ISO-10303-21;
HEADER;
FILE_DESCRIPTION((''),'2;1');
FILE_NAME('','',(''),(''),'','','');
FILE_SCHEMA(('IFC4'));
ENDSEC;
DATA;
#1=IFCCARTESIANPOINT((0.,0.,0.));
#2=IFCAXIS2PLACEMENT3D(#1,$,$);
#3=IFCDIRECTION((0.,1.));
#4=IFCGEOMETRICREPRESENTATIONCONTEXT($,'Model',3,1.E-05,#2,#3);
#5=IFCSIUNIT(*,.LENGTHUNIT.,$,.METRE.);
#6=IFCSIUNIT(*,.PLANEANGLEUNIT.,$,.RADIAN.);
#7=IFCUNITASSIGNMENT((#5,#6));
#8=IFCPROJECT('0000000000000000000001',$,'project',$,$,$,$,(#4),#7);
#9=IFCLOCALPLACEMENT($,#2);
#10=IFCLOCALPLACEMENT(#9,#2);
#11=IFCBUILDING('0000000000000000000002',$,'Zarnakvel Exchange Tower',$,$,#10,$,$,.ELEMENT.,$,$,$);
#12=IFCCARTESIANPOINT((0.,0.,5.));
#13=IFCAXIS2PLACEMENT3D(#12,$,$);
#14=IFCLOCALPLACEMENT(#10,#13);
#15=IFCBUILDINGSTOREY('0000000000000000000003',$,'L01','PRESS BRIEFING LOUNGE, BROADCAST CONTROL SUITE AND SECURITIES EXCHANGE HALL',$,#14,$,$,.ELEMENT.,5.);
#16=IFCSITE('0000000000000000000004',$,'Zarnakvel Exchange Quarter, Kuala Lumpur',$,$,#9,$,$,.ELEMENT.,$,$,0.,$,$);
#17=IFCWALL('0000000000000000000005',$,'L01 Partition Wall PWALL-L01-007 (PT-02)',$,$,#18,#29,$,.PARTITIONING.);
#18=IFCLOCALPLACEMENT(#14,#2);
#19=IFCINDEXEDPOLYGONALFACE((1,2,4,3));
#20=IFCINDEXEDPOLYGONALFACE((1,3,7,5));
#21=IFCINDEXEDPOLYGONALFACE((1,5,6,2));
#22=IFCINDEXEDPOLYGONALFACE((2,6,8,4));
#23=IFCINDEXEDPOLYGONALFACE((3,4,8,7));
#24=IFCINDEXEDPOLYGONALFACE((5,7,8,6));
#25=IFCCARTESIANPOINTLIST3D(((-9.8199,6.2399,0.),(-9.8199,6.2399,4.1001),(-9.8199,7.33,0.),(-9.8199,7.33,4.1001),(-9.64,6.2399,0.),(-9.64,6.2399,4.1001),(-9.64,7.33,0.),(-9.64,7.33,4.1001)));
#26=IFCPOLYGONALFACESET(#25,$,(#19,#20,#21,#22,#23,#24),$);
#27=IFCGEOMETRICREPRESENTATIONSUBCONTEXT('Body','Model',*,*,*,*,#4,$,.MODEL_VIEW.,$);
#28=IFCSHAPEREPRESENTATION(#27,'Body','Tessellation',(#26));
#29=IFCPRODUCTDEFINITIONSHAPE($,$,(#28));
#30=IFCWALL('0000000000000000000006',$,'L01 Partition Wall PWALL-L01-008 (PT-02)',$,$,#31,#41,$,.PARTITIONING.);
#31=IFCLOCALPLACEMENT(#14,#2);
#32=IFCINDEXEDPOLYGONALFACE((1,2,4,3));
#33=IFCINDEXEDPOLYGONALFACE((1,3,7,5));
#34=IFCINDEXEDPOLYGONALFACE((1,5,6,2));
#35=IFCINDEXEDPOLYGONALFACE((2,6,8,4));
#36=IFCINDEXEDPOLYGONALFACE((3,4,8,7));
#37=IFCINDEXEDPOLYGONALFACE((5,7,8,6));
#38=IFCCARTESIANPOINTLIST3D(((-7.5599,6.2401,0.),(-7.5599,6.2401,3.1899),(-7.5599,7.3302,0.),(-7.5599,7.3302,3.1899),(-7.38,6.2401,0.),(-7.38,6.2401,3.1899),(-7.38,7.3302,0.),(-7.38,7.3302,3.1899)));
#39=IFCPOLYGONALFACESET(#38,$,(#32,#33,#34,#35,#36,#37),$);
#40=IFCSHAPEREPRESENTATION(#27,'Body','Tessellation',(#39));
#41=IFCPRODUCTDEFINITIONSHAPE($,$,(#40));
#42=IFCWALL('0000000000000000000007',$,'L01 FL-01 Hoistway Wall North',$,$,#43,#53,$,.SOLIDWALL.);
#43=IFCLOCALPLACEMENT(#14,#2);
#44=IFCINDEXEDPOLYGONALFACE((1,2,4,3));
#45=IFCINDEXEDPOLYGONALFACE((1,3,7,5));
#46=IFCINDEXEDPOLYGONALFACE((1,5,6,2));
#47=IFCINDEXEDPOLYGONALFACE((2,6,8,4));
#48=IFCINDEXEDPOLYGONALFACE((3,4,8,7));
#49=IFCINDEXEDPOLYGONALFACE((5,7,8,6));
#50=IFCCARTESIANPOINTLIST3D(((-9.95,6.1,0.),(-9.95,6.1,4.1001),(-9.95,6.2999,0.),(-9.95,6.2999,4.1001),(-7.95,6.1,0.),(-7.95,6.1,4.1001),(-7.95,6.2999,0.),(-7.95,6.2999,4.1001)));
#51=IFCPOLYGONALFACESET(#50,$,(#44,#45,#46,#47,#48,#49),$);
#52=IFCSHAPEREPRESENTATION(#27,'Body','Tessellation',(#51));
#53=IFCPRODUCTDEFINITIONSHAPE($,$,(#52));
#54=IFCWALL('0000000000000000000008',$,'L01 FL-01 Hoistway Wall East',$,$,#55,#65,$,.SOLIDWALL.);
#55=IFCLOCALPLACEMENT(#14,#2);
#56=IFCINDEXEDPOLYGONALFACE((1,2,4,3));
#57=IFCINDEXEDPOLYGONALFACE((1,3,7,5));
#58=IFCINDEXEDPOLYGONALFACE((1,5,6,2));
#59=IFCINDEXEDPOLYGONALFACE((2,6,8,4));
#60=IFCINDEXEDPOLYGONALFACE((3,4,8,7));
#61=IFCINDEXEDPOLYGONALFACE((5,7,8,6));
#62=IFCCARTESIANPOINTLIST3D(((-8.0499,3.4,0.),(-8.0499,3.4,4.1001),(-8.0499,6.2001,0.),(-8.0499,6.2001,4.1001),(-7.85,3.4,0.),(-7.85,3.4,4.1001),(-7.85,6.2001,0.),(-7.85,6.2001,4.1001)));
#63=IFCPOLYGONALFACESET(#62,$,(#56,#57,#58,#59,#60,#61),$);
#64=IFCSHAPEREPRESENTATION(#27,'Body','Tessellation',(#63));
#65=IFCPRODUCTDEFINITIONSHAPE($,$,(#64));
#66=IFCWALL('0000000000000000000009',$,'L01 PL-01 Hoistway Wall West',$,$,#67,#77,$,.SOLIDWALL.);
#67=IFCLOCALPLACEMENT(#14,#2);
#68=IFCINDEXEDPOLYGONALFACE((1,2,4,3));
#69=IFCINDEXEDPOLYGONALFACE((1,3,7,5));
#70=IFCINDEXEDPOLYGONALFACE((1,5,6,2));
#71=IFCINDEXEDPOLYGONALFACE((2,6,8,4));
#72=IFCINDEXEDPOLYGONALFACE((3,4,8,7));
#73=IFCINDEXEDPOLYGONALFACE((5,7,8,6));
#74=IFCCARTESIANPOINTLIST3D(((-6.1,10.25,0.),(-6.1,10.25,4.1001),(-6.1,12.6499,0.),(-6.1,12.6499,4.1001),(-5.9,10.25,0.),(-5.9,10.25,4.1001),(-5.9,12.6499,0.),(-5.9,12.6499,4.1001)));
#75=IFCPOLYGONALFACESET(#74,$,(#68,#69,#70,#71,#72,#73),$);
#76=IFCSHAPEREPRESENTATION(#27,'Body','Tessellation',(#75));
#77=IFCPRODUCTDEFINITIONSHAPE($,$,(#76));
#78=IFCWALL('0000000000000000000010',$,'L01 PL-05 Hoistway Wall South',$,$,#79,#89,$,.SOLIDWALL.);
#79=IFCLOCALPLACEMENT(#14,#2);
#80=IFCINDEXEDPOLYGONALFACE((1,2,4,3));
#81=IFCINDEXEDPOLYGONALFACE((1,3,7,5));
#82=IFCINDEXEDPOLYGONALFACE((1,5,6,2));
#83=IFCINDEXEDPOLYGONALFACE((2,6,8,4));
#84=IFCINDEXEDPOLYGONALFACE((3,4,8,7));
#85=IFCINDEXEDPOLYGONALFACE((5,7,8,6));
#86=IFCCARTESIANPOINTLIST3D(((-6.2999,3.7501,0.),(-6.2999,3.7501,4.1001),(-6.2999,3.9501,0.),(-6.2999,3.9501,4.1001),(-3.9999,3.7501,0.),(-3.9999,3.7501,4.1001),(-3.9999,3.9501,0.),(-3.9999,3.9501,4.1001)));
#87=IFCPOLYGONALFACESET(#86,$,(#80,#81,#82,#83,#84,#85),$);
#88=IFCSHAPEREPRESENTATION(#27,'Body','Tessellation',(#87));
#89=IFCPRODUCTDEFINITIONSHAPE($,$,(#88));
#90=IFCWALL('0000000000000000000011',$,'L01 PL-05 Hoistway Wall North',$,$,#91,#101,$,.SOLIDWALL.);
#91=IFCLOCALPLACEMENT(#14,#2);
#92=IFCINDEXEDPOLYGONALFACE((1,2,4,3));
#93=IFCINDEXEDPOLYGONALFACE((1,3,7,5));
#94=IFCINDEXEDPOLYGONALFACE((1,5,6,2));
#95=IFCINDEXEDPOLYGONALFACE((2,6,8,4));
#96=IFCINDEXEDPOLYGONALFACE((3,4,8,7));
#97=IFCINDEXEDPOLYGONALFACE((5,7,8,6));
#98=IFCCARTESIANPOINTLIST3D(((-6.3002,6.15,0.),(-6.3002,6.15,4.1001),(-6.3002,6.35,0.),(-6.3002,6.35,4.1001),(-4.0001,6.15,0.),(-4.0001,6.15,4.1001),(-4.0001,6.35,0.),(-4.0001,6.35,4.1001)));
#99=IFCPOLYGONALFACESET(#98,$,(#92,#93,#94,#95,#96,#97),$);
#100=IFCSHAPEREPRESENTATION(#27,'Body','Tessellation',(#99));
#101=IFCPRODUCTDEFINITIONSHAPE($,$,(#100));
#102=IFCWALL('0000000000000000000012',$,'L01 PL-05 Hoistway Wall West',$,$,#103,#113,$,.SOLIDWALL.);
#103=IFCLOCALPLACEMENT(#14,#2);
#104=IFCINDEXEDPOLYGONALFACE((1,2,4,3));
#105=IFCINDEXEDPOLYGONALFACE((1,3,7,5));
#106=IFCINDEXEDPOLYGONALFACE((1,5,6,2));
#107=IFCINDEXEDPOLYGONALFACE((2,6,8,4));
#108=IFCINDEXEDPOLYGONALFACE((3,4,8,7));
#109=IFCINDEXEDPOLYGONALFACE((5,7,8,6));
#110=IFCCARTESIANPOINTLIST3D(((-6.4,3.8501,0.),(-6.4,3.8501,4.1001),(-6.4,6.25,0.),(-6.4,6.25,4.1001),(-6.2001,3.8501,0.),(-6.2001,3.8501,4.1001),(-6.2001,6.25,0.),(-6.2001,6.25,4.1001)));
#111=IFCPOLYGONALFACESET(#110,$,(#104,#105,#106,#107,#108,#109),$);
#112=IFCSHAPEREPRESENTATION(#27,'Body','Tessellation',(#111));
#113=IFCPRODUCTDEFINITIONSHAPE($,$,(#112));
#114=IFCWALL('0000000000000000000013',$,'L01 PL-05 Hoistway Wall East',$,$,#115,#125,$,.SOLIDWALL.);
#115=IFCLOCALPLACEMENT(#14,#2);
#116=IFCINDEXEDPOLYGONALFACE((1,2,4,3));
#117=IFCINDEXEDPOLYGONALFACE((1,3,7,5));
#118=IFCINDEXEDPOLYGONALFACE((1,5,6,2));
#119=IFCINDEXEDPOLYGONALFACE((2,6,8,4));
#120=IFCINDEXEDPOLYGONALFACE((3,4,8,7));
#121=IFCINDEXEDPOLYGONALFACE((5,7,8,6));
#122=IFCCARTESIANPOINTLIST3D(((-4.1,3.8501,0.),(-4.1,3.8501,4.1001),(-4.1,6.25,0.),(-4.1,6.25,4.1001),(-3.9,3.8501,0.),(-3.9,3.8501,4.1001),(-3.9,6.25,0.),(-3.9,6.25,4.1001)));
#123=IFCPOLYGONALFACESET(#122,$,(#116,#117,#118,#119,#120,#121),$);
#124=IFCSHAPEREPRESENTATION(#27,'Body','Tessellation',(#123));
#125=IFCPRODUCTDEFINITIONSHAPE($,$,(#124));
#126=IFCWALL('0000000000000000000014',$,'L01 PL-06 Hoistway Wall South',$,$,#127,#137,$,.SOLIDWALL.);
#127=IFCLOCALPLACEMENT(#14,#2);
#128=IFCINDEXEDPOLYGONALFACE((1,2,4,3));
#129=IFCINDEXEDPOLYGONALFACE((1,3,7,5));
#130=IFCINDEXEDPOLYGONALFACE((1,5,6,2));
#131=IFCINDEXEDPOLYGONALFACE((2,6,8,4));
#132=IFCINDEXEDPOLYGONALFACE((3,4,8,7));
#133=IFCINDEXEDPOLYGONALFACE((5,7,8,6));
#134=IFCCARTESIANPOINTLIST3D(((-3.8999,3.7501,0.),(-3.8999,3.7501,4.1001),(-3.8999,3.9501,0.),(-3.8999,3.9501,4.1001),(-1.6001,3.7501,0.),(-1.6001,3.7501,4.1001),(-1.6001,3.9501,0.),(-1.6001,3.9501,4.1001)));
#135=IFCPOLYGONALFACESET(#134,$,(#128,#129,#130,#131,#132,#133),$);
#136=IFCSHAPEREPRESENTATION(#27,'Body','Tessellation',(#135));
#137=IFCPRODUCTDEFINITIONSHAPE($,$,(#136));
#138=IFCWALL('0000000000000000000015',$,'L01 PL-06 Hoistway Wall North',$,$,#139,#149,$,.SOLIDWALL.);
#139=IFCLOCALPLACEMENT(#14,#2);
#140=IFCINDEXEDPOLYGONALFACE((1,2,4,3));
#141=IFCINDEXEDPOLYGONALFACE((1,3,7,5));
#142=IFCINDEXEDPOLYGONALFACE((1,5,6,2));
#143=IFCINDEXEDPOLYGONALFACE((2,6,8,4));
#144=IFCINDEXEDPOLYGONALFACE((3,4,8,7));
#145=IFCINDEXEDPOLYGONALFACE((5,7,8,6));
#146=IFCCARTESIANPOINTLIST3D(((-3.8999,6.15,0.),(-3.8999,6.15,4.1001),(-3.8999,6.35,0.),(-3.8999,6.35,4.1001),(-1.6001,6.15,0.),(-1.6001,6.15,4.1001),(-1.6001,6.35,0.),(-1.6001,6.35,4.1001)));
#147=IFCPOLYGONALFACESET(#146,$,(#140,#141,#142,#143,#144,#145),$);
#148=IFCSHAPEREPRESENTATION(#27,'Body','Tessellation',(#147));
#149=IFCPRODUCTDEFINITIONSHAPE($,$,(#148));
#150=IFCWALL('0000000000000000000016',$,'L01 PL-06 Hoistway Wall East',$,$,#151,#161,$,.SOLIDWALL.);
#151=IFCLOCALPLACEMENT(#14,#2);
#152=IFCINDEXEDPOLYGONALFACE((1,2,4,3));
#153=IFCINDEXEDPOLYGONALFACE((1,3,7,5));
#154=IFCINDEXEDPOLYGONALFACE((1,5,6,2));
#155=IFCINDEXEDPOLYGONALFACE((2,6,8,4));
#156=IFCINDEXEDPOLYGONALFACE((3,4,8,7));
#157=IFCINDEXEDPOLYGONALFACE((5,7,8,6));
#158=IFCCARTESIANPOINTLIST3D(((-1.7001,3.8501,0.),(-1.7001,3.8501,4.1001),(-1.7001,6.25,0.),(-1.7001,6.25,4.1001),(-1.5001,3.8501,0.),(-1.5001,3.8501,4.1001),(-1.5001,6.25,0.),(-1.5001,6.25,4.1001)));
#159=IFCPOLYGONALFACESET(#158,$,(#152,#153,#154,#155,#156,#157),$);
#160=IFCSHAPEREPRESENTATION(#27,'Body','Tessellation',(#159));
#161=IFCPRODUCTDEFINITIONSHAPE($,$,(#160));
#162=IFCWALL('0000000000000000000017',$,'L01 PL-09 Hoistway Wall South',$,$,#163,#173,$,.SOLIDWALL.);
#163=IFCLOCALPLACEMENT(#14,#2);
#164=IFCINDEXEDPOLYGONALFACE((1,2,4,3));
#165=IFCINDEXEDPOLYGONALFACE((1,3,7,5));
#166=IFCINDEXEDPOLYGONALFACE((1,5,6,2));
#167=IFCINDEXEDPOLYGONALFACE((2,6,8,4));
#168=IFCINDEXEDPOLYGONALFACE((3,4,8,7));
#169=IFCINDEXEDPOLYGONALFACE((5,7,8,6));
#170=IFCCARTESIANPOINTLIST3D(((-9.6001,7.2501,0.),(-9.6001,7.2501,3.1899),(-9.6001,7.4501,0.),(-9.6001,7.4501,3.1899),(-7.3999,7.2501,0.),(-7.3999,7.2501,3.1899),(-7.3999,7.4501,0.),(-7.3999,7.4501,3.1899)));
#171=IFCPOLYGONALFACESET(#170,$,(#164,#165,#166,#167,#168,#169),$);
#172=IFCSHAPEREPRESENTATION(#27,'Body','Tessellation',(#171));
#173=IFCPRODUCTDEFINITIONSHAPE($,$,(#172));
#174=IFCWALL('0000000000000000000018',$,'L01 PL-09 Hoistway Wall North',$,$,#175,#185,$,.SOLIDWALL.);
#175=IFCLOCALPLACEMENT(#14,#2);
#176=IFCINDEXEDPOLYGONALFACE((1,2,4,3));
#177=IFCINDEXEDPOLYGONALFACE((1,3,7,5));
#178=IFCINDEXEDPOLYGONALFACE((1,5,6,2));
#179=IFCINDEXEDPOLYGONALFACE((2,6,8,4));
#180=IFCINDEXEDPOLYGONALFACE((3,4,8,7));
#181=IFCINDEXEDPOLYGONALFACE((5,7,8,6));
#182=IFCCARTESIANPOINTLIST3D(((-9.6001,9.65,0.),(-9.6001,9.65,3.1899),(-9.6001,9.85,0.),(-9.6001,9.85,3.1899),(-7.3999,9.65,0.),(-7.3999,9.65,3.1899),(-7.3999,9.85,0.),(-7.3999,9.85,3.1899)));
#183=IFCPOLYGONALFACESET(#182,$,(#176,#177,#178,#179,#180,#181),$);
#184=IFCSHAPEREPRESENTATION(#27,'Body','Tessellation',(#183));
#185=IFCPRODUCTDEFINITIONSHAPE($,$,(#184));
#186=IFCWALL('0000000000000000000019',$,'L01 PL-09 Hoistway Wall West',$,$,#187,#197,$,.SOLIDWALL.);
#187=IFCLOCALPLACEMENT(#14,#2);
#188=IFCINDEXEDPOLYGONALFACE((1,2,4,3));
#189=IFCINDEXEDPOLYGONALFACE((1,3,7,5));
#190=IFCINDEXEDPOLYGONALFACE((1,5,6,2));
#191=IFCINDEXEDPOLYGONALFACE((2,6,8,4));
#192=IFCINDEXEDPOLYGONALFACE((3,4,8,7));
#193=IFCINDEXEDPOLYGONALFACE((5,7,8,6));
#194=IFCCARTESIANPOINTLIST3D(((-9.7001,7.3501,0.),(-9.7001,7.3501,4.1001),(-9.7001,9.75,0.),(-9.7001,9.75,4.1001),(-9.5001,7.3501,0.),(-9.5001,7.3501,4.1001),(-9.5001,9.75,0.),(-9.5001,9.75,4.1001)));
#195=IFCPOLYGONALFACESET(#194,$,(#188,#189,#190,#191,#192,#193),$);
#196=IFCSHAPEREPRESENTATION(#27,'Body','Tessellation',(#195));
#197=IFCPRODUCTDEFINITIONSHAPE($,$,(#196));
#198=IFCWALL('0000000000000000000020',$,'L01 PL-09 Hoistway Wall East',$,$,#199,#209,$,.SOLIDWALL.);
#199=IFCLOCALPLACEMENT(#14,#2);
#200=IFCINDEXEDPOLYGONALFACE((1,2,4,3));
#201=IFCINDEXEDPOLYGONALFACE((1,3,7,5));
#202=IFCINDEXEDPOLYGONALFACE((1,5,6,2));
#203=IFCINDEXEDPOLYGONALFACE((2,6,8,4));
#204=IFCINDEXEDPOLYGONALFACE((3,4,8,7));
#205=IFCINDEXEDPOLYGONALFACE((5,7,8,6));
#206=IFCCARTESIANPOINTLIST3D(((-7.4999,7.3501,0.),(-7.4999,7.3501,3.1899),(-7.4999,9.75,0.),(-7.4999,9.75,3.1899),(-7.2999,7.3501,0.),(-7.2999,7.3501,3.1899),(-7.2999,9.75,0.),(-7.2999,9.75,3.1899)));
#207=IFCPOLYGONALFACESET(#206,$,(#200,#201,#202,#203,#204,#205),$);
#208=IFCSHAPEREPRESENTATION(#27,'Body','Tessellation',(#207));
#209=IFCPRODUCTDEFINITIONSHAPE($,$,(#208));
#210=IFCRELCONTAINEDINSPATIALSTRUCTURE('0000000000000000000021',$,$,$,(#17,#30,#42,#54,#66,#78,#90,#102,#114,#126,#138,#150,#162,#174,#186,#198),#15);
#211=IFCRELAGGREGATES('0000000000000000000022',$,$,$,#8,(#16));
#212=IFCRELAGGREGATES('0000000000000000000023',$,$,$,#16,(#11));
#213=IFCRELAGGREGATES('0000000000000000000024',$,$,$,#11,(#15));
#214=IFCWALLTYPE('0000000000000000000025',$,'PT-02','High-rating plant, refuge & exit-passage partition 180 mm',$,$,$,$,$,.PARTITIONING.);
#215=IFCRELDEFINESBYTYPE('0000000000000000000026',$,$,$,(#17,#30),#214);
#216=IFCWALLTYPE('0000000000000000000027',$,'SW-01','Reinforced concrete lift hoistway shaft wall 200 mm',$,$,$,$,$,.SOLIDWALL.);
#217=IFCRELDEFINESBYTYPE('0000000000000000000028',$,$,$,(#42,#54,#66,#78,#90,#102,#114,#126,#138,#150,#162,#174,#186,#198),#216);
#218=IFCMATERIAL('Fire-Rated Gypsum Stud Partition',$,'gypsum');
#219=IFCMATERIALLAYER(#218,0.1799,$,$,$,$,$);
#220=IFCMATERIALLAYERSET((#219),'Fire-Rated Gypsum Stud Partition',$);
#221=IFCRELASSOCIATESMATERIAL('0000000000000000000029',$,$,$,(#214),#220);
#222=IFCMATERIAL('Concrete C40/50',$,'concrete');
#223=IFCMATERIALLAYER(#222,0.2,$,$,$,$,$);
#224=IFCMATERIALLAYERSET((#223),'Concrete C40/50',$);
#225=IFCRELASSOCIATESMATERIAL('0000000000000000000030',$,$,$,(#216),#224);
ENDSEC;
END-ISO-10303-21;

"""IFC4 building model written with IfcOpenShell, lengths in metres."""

from ifc_helpers import new_model, si_unit, direction, frame, frame_2d, origin, place, context, subcontext, project, spatial, rectangle, extrude, material, layer, layer_set, type_object, element, save


model = new_model("IFC4")

# Units and contexts
model_context = context("Model", 3, precision=1e-05, world=origin(), true_north=direction((0.0, 1.0)))
body_context = subcontext(model_context, "Body", "Model", "MODEL_VIEW")
ifc_project = project(units=[si_unit("LENGTHUNIT", "METRE"), si_unit("PLANEANGLEUNIT", "RADIAN")], contexts=[model_context])

# Site, building, storey
site_placement = place(None, origin())
site = spatial("IfcSite", under=ifc_project, at=site_placement, Name="Zarnakvel Exchange Quarter, Kuala Lumpur", CompositionType="ELEMENT", RefElevation=0.0)
building_placement = place(site_placement, origin())
building = spatial("IfcBuilding", under=site, at=building_placement, Name="Zarnakvel Exchange Tower", CompositionType="ELEMENT")
storey_placement = place(building_placement, frame((0.0, 0.0, 5.0)))
storey = spatial("IfcBuildingStorey", under=building, at=storey_placement, Name="L01", Description="PRESS BRIEFING LOUNGE, BROADCAST CONTROL SUITE AND SECURITIES EXCHANGE HALL", CompositionType="ELEMENT", Elevation=5.0)

# Walls
ifc_material_1 = material(Name="Fire-Rated Gypsum Stud Partition", Category="gypsum")
ifc_layer_1 = layer(ifc_material_1, 0.1799)
ifc_layer_set_1 = layer_set([ifc_layer_1], Name="Fire-Rated Gypsum Stud Partition")
wall_type_1 = type_object("IfcWallType", Name="PT-02", Description="High-rating plant, refuge & exit-passage partition 180 mm", PredefinedType="PARTITIONING", material=ifc_layer_set_1)
wall_1_placement = place(storey_placement, frame((-9.73, 6.24, 0.0), z_axis=(0.0, 0.0, 1.0), x_axis=(0.0, 1.0, 0.0)))
element("IfcWall", 1, at=wall_1_placement, inside=storey, type_object=wall_type_1, Name="L01 Partition Wall PWALL-L01-007 (PT-02)", PredefinedType="PARTITIONING", context=body_context, shape_type="SweptSolid", body=[
    extrude(rectangle(XDim=1.0901, YDim=0.1799, at=frame_2d((0.5449, 0.0))), origin(), (0.0, 0.0, 1.0), 4.1001),
])
wall_2_placement = place(storey_placement, frame((-7.47, 7.3301, 0.0), z_axis=(0.0, 0.0, 1.0), x_axis=(0.0, -1.0, 0.0)))
element("IfcWall", 2, at=wall_2_placement, inside=storey, type_object=wall_type_1, Name="L01 Partition Wall PWALL-L01-008 (PT-02)", PredefinedType="PARTITIONING", context=body_context, shape_type="SweptSolid", body=[
    extrude(rectangle(XDim=1.0901, YDim=0.1799, at=frame_2d((0.5449, 0.0))), origin(), (0.0, 0.0, 1.0), 3.1899),
])
ifc_material_2 = material(Name="Concrete C40/50", Category="concrete")
ifc_layer_2 = layer(ifc_material_2, 0.2)
ifc_layer_set_2 = layer_set([ifc_layer_2], Name="Concrete C40/50")
wall_type_2 = type_object("IfcWallType", Name="SW-01", Description="Reinforced concrete lift hoistway shaft wall 200 mm", PredefinedType="SOLIDWALL", material=ifc_layer_set_2)
wall_3_placement = place(storey_placement, frame((-9.95, 6.2, 0.0), z_axis=(0.0, 0.0, 1.0), x_axis=(1.0, 0.0, 0.0)))
element("IfcWall", 3, at=wall_3_placement, inside=storey, type_object=wall_type_2, Name="L01 FL-01 Hoistway Wall North", PredefinedType="SOLIDWALL", context=body_context, shape_type="SweptSolid", body=[
    extrude(rectangle(XDim=2.0, YDim=0.2, at=frame_2d((1.0, 0.0))), origin(), (0.0, 0.0, 1.0), 4.1001),
])
wall_4_placement = place(storey_placement, frame((-7.95, 6.2, 0.0), z_axis=(0.0, 0.0, 1.0), x_axis=(0.0, -1.0, 0.0)))
element("IfcWall", 4, at=wall_4_placement, inside=storey, type_object=wall_type_2, Name="L01 FL-01 Hoistway Wall East", PredefinedType="SOLIDWALL", context=body_context, shape_type="SweptSolid", body=[
    extrude(rectangle(XDim=2.8, YDim=0.2, at=frame_2d((1.3999, 0.0))), origin(), (0.0, 0.0, 1.0), 4.1001),
])
wall_5_placement = place(storey_placement, frame((-6.0, 10.25, 0.0), z_axis=(0.0, 0.0, 1.0), x_axis=(0.0, 1.0, 0.0)))
element("IfcWall", 5, at=wall_5_placement, inside=storey, type_object=wall_type_2, Name="L01 PL-01 Hoistway Wall West", PredefinedType="SOLIDWALL", context=body_context, shape_type="SweptSolid", body=[
    extrude(rectangle(XDim=2.3999, YDim=0.2, at=frame_2d((1.2, 0.0))), origin(), (0.0, 0.0, 1.0), 4.1001),
])
for number, where, z_axis, x_axis, name in (
    (6, (-4.0, 3.8501, 0.0), (0.0, 0.0, 1.0), (-1.0, 0.0, 0.0), "L01 PL-05 Hoistway Wall South"),
    (7, (-6.3, 6.25, 0.0), (0.0, 0.0, 1.0), (1.0, 0.0, 0.0), "L01 PL-05 Hoistway Wall North"),
):
    element("IfcWall", number, at=place(storey_placement, frame(where, z_axis=z_axis, x_axis=x_axis)), inside=storey, type_object=wall_type_2, Name=name, PredefinedType="SOLIDWALL", context=body_context, shape_type="SweptSolid", body=[
        extrude(rectangle(XDim=2.3, YDim=0.2, at=frame_2d((1.1499, 0.0))), origin(), (0.0, 0.0, 1.0), 4.1001),
    ])
for number, where, z_axis, x_axis, name in (
    (8, (-6.3, 3.8501, 0.0), (0.0, 0.0, 1.0), (0.0, 1.0, 0.0), "L01 PL-05 Hoistway Wall West"),
    (9, (-4.0, 6.25, 0.0), (0.0, 0.0, 1.0), (0.0, -1.0, 0.0), "L01 PL-05 Hoistway Wall East"),
):
    element("IfcWall", number, at=place(storey_placement, frame(where, z_axis=z_axis, x_axis=x_axis)), inside=storey, type_object=wall_type_2, Name=name, PredefinedType="SOLIDWALL", context=body_context, shape_type="SweptSolid", body=[
        extrude(rectangle(XDim=2.3999, YDim=0.2, at=frame_2d((1.2, 0.0))), origin(), (0.0, 0.0, 1.0), 4.1001),
    ])
for number, where, z_axis, x_axis, name in (
    (10, (-1.6001, 3.8501, 0.0), (0.0, 0.0, 1.0), (-1.0, 0.0, 0.0), "L01 PL-06 Hoistway Wall South"),
    (11, (-3.8999, 6.25, 0.0), (0.0, 0.0, 1.0), (1.0, 0.0, 0.0), "L01 PL-06 Hoistway Wall North"),
):
    element("IfcWall", number, at=place(storey_placement, frame(where, z_axis=z_axis, x_axis=x_axis)), inside=storey, type_object=wall_type_2, Name=name, PredefinedType="SOLIDWALL", context=body_context, shape_type="SweptSolid", body=[
        extrude(rectangle(XDim=2.2998, YDim=0.2, at=frame_2d((1.1499, 0.0))), origin(), (0.0, 0.0, 1.0), 4.1001),
    ])
wall_6_placement = place(storey_placement, frame((-1.6001, 6.25, 0.0), z_axis=(0.0, 0.0, 1.0), x_axis=(0.0, -1.0, 0.0)))
element("IfcWall", 12, at=wall_6_placement, inside=storey, type_object=wall_type_2, Name="L01 PL-06 Hoistway Wall East", PredefinedType="SOLIDWALL", context=body_context, shape_type="SweptSolid", body=[
    extrude(rectangle(XDim=2.3999, YDim=0.2, at=frame_2d((1.2, 0.0))), origin(), (0.0, 0.0, 1.0), 4.1001),
])
for number, where, z_axis, x_axis, name in (
    (13, (-7.3999, 7.3501, 0.0), (0.0, 0.0, 1.0), (-1.0, 0.0, 0.0), "L01 PL-09 Hoistway Wall South"),
    (14, (-9.6001, 9.75, 0.0), (0.0, 0.0, 1.0), (1.0, 0.0, 0.0), "L01 PL-09 Hoistway Wall North"),
):
    element("IfcWall", number, at=place(storey_placement, frame(where, z_axis=z_axis, x_axis=x_axis)), inside=storey, type_object=wall_type_2, Name=name, PredefinedType="SOLIDWALL", context=body_context, shape_type="SweptSolid", body=[
        extrude(rectangle(XDim=2.2002, YDim=0.2, at=frame_2d((1.1001, 0.0))), origin(), (0.0, 0.0, 1.0), 3.1899),
    ])
wall_7_placement = place(storey_placement, frame((-9.6001, 7.3501, 0.0), z_axis=(0.0, 0.0, 1.0), x_axis=(0.0, 1.0, 0.0)))
element("IfcWall", 15, at=wall_7_placement, inside=storey, type_object=wall_type_2, Name="L01 PL-09 Hoistway Wall West", PredefinedType="SOLIDWALL", context=body_context, shape_type="SweptSolid", body=[
    extrude(rectangle(XDim=2.3999, YDim=0.2, at=frame_2d((1.2, 0.0))), origin(), (0.0, 0.0, 1.0), 4.1001),
])
wall_8_placement = place(storey_placement, frame((-7.3999, 9.75, 0.0), z_axis=(0.0, 0.0, 1.0), x_axis=(0.0, -1.0, 0.0)))
element("IfcWall", 16, at=wall_8_placement, inside=storey, type_object=wall_type_2, Name="L01 PL-09 Hoistway Wall East", PredefinedType="SOLIDWALL", context=body_context, shape_type="SweptSolid", body=[
    extrude(rectangle(XDim=2.3999, YDim=0.2, at=frame_2d((1.2, 0.0))), origin(), (0.0, 0.0, 1.0), 3.1899),
])

save(model, "model.ifc")
